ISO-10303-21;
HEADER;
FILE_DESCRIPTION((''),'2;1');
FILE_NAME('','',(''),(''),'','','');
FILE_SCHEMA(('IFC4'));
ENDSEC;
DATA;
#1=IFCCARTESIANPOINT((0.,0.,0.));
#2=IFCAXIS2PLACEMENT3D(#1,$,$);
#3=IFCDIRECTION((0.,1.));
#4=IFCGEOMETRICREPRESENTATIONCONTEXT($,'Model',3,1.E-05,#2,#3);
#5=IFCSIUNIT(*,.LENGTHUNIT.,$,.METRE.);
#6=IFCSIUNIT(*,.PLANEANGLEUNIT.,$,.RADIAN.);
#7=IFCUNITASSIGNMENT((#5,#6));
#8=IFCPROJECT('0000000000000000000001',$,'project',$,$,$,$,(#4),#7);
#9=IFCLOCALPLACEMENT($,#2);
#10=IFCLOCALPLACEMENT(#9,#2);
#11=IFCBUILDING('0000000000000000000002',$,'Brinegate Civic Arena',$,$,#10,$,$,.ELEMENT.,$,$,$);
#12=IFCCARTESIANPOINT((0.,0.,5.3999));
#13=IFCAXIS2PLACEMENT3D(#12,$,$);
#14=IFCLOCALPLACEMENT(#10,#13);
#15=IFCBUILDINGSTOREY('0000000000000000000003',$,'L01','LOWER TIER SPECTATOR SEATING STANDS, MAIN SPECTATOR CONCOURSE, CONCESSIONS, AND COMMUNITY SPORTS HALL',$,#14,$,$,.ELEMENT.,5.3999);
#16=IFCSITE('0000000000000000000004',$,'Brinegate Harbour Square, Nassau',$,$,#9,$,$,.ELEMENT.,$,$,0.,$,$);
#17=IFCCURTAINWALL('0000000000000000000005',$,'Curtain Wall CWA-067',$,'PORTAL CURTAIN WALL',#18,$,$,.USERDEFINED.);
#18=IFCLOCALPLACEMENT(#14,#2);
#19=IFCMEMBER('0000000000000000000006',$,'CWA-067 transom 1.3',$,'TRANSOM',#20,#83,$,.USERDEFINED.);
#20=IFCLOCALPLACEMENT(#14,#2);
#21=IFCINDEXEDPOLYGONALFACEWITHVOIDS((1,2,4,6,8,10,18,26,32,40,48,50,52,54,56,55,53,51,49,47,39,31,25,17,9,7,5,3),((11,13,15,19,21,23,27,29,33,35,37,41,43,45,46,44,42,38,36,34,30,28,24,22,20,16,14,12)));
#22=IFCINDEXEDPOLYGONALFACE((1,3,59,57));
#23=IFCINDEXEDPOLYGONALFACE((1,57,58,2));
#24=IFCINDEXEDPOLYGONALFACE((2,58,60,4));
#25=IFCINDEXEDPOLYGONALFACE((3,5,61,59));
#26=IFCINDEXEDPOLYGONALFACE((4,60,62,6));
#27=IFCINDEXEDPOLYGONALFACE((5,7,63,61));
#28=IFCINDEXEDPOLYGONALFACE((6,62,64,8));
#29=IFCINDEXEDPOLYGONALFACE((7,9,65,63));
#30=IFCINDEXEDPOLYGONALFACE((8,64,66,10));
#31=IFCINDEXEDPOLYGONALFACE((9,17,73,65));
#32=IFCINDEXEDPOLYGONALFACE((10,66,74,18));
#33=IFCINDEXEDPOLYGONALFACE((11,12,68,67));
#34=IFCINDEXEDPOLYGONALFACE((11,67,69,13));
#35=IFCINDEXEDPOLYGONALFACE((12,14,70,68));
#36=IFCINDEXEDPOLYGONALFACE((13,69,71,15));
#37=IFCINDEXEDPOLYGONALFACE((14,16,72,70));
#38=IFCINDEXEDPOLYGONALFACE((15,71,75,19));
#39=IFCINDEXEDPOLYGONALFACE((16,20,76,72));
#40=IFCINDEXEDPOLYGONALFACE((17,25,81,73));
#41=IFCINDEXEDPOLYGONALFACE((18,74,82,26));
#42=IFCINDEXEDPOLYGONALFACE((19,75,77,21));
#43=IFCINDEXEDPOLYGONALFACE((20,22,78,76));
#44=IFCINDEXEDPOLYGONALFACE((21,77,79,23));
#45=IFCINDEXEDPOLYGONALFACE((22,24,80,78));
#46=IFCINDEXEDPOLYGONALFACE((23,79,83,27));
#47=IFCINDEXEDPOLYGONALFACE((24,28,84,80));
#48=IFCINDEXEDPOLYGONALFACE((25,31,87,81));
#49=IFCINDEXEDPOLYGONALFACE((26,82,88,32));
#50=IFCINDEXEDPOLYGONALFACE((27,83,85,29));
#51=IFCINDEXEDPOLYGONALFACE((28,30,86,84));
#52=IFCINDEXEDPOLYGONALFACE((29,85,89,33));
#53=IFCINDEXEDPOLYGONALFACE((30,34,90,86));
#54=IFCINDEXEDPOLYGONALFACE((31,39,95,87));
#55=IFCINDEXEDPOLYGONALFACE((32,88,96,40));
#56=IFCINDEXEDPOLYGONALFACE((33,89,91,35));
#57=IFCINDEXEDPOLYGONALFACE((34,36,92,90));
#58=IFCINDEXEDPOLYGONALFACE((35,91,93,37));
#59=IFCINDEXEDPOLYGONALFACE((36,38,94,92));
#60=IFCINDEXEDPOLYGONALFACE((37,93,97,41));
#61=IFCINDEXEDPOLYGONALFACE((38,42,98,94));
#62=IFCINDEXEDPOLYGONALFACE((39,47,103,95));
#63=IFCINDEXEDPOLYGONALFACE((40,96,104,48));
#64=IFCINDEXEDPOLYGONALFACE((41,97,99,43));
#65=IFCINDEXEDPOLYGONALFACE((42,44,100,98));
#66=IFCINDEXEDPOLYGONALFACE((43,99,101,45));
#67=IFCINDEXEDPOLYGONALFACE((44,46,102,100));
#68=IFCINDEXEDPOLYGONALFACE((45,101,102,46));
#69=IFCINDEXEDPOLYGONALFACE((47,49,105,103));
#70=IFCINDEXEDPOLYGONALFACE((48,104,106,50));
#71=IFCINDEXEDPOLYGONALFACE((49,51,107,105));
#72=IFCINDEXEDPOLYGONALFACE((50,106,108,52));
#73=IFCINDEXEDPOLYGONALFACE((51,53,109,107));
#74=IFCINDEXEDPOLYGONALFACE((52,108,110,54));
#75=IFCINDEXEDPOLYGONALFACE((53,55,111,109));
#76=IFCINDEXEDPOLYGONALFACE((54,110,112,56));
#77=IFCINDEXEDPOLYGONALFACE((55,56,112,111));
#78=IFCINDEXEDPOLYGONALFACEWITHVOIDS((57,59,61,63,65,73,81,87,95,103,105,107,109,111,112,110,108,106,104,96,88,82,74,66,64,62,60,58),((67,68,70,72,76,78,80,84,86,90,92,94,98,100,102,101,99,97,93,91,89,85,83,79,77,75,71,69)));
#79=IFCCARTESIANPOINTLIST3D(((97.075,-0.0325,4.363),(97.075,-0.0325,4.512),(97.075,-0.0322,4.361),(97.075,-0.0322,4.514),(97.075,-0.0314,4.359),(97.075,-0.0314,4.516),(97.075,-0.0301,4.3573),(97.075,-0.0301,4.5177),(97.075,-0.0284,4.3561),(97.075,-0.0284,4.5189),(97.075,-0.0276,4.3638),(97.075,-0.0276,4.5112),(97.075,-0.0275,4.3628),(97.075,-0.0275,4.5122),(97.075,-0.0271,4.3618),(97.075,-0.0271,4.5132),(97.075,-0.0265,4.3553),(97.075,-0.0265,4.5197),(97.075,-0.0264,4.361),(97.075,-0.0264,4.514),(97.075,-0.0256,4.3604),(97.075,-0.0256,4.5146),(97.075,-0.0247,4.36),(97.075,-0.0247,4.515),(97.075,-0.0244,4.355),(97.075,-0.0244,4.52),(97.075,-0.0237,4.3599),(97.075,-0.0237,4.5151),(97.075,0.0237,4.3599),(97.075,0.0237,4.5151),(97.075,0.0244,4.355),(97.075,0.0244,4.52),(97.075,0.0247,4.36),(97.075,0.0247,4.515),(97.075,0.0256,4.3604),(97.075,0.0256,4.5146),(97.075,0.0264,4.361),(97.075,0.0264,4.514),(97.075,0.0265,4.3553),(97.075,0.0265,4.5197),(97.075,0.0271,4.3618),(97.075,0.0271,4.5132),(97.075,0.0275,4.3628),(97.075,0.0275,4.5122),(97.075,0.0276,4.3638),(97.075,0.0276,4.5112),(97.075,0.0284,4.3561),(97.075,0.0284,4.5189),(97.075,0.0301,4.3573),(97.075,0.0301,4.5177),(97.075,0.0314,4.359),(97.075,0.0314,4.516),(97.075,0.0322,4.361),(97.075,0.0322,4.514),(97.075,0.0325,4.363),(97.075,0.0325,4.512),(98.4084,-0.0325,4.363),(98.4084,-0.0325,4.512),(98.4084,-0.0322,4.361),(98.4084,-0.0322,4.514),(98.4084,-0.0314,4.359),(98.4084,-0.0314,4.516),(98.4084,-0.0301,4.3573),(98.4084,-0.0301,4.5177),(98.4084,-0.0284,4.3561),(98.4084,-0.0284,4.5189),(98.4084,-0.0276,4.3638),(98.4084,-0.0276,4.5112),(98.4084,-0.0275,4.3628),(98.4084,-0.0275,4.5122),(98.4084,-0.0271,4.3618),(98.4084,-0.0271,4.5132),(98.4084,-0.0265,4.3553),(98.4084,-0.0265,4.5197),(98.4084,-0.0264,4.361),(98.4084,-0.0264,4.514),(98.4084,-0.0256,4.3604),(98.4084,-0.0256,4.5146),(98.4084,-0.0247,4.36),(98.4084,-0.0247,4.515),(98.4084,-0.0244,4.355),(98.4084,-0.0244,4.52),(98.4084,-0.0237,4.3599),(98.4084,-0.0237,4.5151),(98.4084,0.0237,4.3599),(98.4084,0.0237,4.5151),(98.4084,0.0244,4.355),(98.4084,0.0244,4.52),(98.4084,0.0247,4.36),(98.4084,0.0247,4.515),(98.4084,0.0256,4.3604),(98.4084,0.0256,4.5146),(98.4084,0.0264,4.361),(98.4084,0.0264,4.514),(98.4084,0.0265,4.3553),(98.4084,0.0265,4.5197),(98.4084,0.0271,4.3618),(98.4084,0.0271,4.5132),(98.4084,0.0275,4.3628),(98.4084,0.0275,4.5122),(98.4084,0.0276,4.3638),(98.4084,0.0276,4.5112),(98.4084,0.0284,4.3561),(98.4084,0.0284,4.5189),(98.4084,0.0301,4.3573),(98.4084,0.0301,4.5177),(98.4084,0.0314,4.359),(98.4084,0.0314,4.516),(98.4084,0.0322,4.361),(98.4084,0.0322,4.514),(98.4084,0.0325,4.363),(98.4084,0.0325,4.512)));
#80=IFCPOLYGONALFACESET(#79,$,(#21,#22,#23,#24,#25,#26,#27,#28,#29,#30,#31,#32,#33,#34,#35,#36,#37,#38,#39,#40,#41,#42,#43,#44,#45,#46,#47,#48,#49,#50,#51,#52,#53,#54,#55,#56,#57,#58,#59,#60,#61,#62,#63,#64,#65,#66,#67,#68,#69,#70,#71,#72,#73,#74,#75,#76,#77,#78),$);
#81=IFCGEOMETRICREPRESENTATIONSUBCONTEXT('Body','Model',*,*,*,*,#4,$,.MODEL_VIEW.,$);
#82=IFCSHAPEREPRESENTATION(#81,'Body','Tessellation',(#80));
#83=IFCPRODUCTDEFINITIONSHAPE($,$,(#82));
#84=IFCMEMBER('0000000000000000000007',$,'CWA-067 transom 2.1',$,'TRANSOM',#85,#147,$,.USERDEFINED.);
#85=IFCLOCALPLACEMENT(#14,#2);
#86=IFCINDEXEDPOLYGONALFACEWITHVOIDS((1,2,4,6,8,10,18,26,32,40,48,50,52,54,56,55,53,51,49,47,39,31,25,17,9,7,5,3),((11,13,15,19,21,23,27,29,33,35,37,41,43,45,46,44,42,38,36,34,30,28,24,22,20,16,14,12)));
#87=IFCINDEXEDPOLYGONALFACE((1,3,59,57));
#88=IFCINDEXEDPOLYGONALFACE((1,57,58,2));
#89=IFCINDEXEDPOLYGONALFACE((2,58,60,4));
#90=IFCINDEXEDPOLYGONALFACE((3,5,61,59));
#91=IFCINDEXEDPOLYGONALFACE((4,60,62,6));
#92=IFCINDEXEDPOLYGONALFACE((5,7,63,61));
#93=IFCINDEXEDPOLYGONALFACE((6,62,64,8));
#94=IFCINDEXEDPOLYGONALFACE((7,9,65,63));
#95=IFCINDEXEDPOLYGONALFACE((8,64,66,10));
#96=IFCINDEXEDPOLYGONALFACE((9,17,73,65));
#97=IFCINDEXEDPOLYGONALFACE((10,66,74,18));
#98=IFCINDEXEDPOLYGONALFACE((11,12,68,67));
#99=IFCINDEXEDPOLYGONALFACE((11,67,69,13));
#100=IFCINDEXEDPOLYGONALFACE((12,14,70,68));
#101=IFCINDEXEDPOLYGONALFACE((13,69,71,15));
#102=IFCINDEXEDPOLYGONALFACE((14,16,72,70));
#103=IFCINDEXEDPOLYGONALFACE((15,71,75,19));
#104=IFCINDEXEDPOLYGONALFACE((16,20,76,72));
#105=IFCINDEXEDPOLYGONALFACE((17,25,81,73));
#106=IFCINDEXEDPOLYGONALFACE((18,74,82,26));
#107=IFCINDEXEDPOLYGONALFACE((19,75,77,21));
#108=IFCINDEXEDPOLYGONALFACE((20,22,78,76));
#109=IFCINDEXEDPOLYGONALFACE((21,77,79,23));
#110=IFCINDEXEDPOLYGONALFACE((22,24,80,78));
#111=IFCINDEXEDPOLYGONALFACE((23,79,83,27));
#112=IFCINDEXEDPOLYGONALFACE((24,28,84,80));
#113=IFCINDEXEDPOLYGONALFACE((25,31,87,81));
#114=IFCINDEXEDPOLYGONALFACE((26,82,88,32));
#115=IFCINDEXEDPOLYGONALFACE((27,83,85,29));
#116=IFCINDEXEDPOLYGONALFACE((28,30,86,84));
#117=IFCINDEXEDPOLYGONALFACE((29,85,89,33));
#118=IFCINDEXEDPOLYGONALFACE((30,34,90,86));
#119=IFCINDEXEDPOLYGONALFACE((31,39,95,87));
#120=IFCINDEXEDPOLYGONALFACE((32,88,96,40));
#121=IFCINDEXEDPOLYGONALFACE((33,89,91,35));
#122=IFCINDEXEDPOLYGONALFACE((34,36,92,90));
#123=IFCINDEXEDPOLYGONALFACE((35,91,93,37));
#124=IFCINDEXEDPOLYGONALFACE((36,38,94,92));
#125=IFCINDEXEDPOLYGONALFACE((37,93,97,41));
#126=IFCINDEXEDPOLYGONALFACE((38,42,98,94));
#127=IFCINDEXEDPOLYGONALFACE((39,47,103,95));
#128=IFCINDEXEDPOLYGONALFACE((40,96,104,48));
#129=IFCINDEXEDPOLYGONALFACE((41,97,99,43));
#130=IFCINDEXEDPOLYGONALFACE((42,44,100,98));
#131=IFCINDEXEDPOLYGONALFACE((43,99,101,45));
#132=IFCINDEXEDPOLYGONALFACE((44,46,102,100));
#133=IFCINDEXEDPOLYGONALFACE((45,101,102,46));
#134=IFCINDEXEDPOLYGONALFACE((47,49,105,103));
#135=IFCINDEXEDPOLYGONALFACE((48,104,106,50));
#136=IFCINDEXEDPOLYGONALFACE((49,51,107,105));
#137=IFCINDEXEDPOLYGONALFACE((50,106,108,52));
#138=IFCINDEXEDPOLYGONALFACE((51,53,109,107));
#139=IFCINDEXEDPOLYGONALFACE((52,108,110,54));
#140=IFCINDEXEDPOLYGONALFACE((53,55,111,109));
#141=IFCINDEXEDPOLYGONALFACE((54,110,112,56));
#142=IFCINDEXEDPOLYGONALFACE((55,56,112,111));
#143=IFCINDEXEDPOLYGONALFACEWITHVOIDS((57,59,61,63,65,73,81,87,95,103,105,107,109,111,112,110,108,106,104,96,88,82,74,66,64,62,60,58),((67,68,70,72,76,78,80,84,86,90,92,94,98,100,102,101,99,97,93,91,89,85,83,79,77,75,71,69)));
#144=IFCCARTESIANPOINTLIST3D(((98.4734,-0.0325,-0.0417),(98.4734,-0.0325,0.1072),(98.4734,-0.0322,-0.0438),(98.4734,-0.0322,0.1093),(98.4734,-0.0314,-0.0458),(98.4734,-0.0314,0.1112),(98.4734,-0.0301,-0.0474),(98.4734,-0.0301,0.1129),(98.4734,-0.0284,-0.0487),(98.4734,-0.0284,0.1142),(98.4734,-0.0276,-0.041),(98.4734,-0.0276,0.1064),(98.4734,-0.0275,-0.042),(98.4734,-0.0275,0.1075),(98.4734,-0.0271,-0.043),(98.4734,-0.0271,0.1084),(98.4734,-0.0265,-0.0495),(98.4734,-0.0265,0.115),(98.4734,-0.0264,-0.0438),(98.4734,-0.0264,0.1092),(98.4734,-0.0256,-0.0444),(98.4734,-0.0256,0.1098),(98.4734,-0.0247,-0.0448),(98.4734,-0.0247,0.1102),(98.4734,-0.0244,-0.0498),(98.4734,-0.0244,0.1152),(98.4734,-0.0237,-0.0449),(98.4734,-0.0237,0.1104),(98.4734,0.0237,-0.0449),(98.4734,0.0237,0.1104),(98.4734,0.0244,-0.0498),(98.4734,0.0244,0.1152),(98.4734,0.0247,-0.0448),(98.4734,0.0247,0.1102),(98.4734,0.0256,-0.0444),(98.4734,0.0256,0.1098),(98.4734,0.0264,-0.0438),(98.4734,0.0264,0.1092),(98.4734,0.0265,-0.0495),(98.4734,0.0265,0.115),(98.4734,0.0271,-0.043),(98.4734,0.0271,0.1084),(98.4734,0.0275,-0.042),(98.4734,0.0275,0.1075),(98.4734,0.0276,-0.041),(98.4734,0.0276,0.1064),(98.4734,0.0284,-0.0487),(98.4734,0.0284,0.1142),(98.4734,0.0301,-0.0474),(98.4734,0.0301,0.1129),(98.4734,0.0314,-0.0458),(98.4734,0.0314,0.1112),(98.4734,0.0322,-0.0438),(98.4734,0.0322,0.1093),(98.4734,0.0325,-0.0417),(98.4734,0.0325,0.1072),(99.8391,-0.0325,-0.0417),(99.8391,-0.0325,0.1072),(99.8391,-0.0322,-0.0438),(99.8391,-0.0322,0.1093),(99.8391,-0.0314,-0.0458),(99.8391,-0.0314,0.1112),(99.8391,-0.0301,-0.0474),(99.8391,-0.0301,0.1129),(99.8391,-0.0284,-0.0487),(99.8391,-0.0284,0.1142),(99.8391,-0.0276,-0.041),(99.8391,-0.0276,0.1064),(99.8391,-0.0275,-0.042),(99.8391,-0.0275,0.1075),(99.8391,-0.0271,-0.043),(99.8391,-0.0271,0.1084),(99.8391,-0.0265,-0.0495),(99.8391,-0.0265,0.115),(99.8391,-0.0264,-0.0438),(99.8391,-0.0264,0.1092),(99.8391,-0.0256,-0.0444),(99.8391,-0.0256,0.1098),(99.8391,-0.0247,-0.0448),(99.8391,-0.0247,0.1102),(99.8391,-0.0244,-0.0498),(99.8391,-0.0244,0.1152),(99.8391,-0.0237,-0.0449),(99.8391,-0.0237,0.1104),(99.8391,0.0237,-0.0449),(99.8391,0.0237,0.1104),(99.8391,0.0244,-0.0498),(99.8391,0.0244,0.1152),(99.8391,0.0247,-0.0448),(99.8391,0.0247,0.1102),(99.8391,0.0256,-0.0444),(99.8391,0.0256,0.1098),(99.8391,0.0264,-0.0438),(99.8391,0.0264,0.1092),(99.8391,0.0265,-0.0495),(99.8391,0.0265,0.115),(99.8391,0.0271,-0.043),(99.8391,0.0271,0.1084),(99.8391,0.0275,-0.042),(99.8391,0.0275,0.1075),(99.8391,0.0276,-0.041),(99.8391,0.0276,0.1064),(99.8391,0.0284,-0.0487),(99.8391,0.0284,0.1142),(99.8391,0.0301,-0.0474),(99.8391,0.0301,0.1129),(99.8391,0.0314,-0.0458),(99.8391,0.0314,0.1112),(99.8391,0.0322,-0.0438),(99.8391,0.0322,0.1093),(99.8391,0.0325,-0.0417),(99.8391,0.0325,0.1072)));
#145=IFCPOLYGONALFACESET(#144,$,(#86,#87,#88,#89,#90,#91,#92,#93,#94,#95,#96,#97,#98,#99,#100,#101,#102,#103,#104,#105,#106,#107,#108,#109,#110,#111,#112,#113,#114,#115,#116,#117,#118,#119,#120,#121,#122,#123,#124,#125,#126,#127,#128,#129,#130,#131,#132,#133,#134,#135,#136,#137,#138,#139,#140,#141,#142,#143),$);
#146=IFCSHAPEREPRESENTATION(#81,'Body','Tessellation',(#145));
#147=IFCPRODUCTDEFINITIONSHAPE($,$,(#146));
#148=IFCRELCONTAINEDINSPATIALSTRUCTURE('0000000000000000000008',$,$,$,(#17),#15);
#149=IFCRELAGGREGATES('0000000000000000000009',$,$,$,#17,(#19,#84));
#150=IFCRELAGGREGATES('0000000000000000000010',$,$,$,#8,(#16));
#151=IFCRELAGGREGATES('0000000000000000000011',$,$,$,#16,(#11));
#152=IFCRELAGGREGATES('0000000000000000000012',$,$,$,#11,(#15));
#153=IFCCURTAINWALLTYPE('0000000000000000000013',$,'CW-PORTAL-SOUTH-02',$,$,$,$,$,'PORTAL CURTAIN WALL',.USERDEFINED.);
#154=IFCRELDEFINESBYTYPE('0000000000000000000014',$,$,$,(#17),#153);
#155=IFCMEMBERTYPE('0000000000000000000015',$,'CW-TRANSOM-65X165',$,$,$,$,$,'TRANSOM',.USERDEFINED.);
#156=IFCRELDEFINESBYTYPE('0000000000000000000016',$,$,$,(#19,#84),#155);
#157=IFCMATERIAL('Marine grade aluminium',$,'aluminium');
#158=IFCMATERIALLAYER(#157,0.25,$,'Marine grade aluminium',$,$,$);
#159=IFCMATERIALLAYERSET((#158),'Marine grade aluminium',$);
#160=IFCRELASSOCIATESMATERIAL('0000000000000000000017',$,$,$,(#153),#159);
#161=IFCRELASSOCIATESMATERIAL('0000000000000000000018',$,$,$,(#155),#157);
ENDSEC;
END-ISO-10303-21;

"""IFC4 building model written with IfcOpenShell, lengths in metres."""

from ifc_helpers import new_model, si_unit, direction, frame, origin, origin_2d, place, context, subcontext, project, spatial, hollow_rectangle, extrude, material, layer, layer_set, material_profile, profile_set, type_object, element, aggregate, save


model = new_model("IFC4")

# Units and contexts
model_context = context("Model", 3, precision=1e-05, world=origin(), true_north=direction((0.0, 1.0)))
body_context = subcontext(model_context, "Body", "Model", "MODEL_VIEW")
ifc_project = project(units=[si_unit("LENGTHUNIT", "METRE"), si_unit("PLANEANGLEUNIT", "RADIAN")], contexts=[model_context])

# Site, building, storey
site_placement = place(None, origin())
site = spatial("IfcSite", under=ifc_project, at=site_placement, Name="Brinegate Harbour Square, Nassau", CompositionType="ELEMENT", RefElevation=0.0)
building_placement = place(site_placement, origin())
building = spatial("IfcBuilding", under=site, at=building_placement, Name="Brinegate Civic Arena", CompositionType="ELEMENT")
storey_placement = place(building_placement, frame((0.0, 0.0, 5.3999)))
storey = spatial("IfcBuildingStorey", under=building, at=storey_placement, Name="L01", Description="LOWER TIER SPECTATOR SEATING STANDS, MAIN SPECTATOR CONCOURSE, CONCESSIONS, AND COMMUNITY SPORTS HALL", CompositionType="ELEMENT", Elevation=5.3999)

# Curtain wall, members
ifc_material_1 = material(Name="Marine grade aluminium", Category="aluminium")
ifc_layer_1 = layer(ifc_material_1, 0.25, Name="Marine grade aluminium")
ifc_layer_set_1 = layer_set([ifc_layer_1], Name="Marine grade aluminium")
curtain_wall_type = type_object("IfcCurtainWallType", Name="CW-PORTAL-SOUTH-02", ElementType="PORTAL CURTAIN WALL", PredefinedType="USERDEFINED", material=ifc_layer_set_1)
curtain_wall_placement = place(storey_placement, origin())
curtain_wall = element("IfcCurtainWall", 1, at=curtain_wall_placement, inside=storey, type_object=curtain_wall_type, Name="Curtain Wall CWA-067", ObjectType="PORTAL CURTAIN WALL", PredefinedType="USERDEFINED")
ifc_material_profile_1 = material_profile(ifc_material_1, hollow_rectangle(XDim=0.0649, YDim=0.165, WallThickness=0.0049, InnerFilletRadius=0.0039, OuterFilletRadius=0.0081, at=origin_2d()), Name="TRN65X165")
ifc_profile_set_1 = profile_set([ifc_material_profile_1], Name="Marine grade aluminium")
member_type_1 = type_object("IfcMemberType", Name="CW-TRANSOM-65X165", ElementType="TRANSOM", PredefinedType="USERDEFINED", material=ifc_profile_set_1)
member_1_placement = place(storey_placement, frame((97.075, 0.0, 4.4375), z_axis=(1.0, 0.0, 0.0), x_axis=(0.0, 1.0, 0.0)))
member_1 = element("IfcMember", 2, at=member_1_placement, type_object=member_type_1, Name="CWA-067 transom 1.3", ObjectType="TRANSOM", PredefinedType="USERDEFINED", context=body_context, shape_type="SweptSolid", body=[
    extrude(hollow_rectangle(XDim=0.0649, YDim=0.165, WallThickness=0.0049, InnerFilletRadius=0.0039, OuterFilletRadius=0.0081, at=origin_2d()), origin(), (0.0, 0.0, 1.0), 1.3335),
])
member_2_placement = place(storey_placement, frame((98.4734, 0.0, 0.0327), z_axis=(1.0, 0.0, 0.0), x_axis=(0.0, 1.0, 0.0)))
member_2 = element("IfcMember", 3, at=member_2_placement, type_object=member_type_1, Name="CWA-067 transom 2.1", ObjectType="TRANSOM", PredefinedType="USERDEFINED", context=body_context, shape_type="SweptSolid", body=[
    extrude(hollow_rectangle(XDim=0.0649, YDim=0.165, WallThickness=0.0049, InnerFilletRadius=0.0039, OuterFilletRadius=0.0081, at=origin_2d()), origin(), (0.0, 0.0, 1.0), 1.3657),
])
aggregate(curtain_wall, [member_1, member_2])

save(model, "model.ifc")
